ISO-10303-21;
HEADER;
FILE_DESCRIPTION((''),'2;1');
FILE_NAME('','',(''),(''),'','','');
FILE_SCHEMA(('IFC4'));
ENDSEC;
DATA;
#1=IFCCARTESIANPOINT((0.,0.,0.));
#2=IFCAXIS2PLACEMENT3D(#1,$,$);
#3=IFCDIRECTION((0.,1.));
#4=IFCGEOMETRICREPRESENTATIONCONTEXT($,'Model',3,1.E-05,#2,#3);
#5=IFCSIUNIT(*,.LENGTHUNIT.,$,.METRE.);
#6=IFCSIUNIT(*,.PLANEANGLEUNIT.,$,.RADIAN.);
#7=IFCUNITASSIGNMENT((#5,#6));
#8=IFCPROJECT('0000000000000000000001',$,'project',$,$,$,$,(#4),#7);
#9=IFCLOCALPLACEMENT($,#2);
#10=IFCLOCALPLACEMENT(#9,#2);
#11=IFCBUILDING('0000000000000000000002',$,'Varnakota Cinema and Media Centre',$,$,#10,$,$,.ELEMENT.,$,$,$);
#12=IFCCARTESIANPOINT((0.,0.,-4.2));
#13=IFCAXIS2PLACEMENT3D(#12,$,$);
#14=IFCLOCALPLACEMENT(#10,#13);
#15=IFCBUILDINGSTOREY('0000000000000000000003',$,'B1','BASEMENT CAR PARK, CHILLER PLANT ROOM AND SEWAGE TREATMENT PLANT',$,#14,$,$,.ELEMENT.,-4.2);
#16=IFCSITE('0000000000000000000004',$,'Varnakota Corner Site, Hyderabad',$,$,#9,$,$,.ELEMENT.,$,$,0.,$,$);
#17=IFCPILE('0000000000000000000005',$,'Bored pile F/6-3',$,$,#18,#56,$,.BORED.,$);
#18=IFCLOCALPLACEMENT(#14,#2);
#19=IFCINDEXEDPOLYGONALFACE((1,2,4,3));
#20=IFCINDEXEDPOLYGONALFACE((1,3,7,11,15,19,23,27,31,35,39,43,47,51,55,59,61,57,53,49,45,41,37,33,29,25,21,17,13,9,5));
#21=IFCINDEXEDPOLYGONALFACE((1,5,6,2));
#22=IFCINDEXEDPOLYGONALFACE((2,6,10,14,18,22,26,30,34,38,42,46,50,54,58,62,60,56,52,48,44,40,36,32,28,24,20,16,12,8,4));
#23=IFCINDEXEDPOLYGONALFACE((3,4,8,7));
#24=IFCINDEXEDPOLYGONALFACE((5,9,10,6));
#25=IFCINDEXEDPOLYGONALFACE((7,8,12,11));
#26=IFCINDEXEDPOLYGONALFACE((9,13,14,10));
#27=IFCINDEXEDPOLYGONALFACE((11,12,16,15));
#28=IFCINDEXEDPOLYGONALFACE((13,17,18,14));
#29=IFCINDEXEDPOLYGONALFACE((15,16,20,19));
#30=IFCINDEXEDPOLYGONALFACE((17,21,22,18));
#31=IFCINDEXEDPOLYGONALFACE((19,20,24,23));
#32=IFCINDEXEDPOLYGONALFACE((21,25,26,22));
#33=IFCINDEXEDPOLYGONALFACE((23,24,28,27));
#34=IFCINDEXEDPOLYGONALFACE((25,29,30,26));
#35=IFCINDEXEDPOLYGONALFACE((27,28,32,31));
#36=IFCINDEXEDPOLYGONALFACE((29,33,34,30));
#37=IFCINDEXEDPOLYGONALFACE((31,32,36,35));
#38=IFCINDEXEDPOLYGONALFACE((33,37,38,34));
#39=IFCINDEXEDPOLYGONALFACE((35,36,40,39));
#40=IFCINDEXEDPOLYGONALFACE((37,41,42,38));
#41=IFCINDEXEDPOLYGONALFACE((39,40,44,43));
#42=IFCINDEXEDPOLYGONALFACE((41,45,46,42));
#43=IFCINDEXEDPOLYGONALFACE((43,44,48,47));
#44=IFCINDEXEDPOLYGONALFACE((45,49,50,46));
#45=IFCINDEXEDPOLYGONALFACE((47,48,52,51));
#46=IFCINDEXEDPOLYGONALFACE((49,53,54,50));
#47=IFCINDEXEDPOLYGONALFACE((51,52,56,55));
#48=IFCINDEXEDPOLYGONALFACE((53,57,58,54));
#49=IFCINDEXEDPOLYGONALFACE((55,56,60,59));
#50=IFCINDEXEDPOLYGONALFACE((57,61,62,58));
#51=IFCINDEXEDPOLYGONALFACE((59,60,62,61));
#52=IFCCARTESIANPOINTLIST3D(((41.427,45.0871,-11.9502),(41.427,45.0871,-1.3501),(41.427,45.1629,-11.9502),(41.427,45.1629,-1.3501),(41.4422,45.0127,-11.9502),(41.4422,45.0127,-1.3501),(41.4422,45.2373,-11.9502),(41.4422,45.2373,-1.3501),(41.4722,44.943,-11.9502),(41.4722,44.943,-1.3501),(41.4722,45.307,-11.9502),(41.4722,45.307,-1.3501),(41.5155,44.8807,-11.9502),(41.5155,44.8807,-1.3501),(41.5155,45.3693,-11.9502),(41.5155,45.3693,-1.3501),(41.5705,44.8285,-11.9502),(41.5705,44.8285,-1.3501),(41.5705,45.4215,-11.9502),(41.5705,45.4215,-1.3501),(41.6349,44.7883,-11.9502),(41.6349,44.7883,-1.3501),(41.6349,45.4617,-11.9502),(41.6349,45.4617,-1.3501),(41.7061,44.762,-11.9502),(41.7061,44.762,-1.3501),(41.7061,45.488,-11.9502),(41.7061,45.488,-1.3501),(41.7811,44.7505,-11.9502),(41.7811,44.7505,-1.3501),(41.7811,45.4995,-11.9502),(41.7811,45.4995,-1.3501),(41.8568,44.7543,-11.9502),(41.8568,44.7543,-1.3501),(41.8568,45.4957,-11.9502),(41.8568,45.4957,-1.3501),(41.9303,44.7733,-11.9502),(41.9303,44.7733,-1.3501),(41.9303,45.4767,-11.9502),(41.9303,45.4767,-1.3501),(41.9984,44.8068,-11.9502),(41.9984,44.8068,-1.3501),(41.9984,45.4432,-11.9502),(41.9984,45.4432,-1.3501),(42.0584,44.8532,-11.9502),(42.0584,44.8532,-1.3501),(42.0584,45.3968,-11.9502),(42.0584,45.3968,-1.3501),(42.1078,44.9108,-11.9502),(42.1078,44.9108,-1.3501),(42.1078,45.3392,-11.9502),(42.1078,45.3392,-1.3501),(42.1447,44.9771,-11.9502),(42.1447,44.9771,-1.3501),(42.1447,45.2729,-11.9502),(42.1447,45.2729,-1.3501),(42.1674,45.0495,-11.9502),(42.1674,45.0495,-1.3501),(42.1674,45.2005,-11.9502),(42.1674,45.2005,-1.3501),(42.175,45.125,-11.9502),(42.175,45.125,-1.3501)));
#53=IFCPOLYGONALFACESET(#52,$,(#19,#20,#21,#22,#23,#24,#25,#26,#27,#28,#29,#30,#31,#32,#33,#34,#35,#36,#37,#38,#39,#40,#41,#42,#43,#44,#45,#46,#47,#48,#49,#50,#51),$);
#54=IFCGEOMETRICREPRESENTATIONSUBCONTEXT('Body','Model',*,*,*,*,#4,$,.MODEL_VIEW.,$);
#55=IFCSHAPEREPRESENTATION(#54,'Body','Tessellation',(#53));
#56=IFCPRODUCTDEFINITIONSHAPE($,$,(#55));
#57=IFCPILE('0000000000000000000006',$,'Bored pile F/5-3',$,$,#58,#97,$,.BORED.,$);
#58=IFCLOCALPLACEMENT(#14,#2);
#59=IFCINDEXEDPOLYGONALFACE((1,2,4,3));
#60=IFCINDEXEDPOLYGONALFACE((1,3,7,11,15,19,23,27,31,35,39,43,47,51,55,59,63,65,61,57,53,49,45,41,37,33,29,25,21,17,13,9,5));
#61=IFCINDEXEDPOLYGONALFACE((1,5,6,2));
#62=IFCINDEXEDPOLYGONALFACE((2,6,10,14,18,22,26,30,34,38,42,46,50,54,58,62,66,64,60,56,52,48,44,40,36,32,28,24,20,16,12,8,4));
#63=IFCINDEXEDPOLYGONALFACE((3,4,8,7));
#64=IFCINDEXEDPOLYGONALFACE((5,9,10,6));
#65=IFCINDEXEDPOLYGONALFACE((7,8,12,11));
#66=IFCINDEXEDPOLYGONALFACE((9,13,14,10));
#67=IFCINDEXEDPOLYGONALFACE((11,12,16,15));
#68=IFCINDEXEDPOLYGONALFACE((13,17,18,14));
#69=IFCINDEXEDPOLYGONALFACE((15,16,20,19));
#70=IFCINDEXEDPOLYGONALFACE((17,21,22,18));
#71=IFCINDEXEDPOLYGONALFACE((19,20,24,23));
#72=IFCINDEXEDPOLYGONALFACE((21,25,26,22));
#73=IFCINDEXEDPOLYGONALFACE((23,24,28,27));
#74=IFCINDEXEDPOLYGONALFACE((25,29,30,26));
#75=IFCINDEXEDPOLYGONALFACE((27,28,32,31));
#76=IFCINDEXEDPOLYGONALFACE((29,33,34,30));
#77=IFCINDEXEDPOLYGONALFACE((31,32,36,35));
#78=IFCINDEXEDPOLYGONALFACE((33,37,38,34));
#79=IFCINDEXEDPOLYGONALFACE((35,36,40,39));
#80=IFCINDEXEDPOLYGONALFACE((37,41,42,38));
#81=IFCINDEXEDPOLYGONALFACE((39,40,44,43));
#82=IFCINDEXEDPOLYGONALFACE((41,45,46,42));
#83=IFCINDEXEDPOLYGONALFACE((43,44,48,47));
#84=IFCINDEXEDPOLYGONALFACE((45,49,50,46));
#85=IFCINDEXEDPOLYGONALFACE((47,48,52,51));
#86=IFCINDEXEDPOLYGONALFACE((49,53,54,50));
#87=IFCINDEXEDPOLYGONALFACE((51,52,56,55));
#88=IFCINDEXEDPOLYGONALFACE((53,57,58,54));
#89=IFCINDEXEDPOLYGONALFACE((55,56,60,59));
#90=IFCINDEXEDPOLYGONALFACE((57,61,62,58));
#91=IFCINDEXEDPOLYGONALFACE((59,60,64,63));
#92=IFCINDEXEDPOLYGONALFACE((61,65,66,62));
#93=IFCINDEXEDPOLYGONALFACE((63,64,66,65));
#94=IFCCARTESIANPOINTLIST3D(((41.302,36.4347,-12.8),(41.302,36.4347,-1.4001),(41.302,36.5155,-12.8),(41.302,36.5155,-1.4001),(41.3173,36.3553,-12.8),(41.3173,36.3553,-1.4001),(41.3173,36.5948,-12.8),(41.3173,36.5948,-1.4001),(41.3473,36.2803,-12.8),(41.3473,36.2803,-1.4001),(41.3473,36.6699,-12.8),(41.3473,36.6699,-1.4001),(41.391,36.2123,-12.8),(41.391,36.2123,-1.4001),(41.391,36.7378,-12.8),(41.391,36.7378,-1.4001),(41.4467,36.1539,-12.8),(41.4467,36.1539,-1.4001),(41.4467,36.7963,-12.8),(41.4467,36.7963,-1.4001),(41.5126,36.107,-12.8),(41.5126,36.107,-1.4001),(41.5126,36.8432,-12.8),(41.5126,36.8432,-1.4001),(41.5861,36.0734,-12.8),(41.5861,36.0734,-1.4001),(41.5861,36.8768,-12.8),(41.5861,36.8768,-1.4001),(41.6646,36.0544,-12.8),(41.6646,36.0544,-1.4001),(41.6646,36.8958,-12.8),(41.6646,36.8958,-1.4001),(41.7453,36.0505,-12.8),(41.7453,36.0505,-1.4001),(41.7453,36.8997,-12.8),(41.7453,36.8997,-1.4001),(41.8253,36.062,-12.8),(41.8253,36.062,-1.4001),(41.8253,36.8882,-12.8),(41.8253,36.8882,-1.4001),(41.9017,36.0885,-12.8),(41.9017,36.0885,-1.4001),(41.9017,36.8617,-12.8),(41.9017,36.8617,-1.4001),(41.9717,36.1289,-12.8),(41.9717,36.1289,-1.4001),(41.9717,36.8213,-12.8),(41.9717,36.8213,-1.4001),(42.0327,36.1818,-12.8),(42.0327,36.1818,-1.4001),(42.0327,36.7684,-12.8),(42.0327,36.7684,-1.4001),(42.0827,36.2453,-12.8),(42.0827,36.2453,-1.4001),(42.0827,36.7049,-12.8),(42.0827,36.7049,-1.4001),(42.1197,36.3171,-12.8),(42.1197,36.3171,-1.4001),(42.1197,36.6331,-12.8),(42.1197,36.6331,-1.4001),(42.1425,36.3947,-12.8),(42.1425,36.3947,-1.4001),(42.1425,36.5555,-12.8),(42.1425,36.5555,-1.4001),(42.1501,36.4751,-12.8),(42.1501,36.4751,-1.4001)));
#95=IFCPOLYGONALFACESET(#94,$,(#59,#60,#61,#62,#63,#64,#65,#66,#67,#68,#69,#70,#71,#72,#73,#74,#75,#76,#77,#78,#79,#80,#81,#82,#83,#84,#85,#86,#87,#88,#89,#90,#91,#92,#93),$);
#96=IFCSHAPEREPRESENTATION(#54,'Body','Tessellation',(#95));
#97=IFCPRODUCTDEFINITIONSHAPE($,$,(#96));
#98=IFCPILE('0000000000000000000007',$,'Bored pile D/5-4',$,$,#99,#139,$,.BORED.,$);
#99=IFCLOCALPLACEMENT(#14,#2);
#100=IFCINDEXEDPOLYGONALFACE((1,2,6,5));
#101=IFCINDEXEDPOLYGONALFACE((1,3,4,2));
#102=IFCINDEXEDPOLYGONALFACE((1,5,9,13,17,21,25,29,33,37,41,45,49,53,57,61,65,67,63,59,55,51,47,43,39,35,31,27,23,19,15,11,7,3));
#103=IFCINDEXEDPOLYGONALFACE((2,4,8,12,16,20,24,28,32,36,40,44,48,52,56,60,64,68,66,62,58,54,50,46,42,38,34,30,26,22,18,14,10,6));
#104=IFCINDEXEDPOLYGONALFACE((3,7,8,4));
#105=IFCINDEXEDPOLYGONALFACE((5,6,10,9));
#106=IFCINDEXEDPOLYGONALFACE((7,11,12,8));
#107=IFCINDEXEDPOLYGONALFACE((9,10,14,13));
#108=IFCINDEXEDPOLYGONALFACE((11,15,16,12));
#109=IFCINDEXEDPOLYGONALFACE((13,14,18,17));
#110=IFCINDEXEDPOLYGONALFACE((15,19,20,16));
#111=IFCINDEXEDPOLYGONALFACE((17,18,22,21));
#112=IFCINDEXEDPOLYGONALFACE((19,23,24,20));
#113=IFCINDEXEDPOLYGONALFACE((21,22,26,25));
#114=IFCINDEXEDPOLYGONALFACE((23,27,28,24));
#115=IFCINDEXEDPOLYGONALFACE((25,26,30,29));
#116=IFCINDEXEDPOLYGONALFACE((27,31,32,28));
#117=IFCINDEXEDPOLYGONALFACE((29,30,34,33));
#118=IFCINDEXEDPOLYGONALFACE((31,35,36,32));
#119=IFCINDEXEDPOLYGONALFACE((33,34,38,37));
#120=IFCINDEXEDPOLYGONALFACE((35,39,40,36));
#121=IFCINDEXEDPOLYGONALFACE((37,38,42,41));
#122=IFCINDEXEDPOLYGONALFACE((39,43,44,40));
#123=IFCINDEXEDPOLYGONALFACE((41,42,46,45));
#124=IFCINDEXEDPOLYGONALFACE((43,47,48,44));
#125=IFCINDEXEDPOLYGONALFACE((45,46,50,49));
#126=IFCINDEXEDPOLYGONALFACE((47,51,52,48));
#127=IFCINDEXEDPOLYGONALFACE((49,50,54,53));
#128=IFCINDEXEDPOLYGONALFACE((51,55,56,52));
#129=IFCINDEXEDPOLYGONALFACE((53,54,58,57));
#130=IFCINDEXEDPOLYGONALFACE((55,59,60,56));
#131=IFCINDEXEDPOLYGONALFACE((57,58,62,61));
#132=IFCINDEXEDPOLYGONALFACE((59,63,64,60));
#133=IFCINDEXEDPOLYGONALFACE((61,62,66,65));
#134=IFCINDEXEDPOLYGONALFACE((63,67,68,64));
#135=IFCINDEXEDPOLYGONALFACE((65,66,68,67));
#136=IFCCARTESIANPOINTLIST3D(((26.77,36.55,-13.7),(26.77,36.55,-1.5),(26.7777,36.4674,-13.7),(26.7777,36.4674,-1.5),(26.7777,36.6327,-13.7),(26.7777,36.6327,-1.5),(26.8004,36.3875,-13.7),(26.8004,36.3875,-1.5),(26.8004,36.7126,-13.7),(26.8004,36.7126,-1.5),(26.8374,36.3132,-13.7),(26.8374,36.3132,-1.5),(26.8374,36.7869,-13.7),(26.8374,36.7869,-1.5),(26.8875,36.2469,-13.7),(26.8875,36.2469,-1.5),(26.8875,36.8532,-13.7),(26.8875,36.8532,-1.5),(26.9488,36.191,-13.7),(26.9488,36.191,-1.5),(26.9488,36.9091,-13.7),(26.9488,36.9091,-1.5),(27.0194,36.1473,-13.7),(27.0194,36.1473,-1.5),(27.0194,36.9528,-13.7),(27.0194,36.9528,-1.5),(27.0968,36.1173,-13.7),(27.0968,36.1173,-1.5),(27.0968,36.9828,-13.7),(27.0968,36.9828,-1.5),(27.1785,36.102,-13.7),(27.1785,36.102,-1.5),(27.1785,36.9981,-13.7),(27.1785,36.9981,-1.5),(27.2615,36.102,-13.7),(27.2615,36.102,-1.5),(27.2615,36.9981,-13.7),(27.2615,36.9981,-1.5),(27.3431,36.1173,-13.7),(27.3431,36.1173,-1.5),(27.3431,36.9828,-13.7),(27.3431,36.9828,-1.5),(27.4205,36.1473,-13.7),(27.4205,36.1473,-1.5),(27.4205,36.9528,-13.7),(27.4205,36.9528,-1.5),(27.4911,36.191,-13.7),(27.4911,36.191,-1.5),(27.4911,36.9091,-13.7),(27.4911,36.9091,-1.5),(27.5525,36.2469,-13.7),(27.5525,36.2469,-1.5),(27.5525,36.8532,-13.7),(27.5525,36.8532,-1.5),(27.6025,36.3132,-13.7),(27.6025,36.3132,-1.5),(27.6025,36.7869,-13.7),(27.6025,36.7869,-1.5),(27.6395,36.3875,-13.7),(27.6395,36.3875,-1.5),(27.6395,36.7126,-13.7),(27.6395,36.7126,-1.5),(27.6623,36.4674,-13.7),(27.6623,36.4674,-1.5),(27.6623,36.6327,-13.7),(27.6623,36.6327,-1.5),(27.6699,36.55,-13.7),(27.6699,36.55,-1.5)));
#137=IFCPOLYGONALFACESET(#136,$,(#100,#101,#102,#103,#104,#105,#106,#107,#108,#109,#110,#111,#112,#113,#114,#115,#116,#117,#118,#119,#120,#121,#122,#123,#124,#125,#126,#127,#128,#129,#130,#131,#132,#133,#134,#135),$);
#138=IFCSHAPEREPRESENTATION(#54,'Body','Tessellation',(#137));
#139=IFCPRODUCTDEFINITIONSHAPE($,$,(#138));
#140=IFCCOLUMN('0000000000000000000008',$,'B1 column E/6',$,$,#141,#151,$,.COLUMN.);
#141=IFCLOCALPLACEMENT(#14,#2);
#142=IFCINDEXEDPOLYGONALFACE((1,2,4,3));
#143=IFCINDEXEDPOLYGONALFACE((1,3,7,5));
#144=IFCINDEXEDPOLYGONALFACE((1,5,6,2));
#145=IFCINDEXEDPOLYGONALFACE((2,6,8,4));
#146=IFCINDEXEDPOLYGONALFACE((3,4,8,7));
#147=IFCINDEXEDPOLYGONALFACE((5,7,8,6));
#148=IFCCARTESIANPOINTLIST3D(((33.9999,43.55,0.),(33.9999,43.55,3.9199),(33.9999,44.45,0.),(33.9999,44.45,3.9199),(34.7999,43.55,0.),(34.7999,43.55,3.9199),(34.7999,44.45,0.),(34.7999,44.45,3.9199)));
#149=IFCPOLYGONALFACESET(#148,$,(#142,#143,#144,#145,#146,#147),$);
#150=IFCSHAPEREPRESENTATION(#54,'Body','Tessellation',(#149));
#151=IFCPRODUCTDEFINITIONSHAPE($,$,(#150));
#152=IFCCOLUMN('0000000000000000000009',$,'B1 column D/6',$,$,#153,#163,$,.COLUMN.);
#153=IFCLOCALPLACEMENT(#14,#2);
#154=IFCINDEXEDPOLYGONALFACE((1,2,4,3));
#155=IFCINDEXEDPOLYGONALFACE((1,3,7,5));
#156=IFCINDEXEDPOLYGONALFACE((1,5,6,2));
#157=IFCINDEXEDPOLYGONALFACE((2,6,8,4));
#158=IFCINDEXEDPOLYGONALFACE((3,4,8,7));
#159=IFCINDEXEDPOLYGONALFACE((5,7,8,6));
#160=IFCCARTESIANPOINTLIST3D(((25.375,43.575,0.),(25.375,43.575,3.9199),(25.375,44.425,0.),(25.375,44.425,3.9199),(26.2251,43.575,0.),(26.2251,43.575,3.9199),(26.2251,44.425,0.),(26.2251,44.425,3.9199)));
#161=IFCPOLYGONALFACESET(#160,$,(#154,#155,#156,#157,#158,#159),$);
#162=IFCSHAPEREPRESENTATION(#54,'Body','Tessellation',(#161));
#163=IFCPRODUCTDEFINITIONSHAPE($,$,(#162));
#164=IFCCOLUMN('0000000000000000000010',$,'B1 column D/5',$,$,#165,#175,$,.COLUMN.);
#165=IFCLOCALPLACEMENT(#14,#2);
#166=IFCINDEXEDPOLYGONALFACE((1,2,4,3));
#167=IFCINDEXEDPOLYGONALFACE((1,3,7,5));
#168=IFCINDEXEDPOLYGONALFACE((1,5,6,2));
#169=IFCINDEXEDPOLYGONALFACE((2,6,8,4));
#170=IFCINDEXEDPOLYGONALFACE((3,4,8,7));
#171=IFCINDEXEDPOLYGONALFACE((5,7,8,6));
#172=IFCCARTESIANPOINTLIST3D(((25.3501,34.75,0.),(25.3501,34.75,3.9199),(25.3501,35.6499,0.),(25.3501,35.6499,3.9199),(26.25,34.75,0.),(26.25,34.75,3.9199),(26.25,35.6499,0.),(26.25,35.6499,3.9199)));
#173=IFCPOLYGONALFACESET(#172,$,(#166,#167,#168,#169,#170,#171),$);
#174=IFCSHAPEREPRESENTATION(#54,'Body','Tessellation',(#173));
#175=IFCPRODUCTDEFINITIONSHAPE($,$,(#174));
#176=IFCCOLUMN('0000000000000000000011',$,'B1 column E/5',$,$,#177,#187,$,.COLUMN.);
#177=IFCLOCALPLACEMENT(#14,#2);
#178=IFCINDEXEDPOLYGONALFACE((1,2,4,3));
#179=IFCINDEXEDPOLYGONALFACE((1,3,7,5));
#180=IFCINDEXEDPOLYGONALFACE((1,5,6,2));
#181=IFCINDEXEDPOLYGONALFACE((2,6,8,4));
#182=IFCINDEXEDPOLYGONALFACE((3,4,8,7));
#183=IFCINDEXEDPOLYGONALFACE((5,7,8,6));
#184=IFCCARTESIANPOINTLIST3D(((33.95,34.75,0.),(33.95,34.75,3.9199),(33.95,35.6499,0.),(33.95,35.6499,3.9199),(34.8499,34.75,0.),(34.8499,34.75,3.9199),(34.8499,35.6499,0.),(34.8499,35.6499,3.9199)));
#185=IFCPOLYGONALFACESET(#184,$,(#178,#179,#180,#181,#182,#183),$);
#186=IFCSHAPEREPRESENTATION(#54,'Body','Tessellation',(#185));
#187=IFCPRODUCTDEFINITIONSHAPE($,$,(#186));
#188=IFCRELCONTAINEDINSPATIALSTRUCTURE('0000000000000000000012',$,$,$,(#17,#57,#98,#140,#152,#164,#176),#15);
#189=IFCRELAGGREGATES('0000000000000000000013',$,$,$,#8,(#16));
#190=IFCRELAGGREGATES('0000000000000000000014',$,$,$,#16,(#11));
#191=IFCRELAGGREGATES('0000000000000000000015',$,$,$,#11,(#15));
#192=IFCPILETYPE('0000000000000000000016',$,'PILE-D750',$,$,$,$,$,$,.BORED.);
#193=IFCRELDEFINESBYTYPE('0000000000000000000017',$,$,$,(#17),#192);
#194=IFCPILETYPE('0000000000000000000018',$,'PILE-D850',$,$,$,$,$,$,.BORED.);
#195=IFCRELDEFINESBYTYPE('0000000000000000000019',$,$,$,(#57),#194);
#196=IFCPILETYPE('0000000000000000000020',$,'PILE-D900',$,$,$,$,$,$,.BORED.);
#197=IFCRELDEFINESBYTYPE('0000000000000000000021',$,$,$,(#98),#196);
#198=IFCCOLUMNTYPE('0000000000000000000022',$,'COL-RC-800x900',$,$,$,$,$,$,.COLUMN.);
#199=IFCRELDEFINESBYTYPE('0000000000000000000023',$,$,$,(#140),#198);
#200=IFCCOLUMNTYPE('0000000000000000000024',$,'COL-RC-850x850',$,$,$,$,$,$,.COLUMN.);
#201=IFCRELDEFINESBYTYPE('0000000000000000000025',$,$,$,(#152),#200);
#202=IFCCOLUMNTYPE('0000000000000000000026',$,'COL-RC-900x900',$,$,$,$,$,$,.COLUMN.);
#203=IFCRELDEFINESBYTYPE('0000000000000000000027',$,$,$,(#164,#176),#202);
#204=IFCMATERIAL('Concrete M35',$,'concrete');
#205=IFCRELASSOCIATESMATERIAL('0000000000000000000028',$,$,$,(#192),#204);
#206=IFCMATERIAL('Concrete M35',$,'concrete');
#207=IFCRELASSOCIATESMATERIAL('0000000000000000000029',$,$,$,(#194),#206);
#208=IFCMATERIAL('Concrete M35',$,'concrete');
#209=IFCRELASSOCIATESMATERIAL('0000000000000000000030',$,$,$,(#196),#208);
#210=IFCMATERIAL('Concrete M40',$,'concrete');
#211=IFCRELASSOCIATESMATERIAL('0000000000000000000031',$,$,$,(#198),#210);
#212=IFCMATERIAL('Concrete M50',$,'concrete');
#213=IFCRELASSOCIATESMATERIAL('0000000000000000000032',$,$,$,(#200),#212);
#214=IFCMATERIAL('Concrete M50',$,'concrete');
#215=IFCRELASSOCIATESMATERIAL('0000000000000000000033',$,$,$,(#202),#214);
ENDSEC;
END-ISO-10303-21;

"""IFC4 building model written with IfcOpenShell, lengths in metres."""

from ifc_helpers import new_model, si_unit, direction, frame, origin, origin_2d, place, context, subcontext, project, spatial, rectangle, circle, extrude, material, material_profile, profile_set, type_object, element, save


model = new_model("IFC4")

# Units and contexts
model_context = context("Model", 3, precision=1e-05, world=origin(), true_north=direction((0.0, 1.0)))
body_context = subcontext(model_context, "Body", "Model", "MODEL_VIEW")
ifc_project = project(units=[si_unit("LENGTHUNIT", "METRE"), si_unit("PLANEANGLEUNIT", "RADIAN")], contexts=[model_context])

# Site, building, storey
site_placement = place(None, origin())
site = spatial("IfcSite", under=ifc_project, at=site_placement, Name="Varnakota Corner Site, Hyderabad", CompositionType="ELEMENT", RefElevation=0.0)
building_placement = place(site_placement, origin())
building = spatial("IfcBuilding", under=site, at=building_placement, Name="Varnakota Cinema and Media Centre", CompositionType="ELEMENT")
storey_placement = place(building_placement, frame((0.0, 0.0, -4.2)))
storey = spatial("IfcBuildingStorey", under=building, at=storey_placement, Name="B1", Description="BASEMENT CAR PARK, CHILLER PLANT ROOM AND SEWAGE TREATMENT PLANT", CompositionType="ELEMENT", Elevation=-4.2)

# Piles
ifc_material_1 = material(Name="Concrete M35", Category="concrete")
ifc_material_profile_1 = material_profile(ifc_material_1, circle(Radius=0.375, at=origin_2d()), Name="PILE D750")
ifc_profile_set_1 = profile_set([ifc_material_profile_1], Name="Concrete M35")
pile_type_1 = type_object("IfcPileType", Name="PILE-D750", PredefinedType="BORED", material=ifc_profile_set_1)
for number, where, z_axis, x_axis, name in (
    (1, (41.8, 45.125, -1.3501), (0.0, 0.0, -1.0), (1.0, 0.0, 0.0), "Bored pile F/6-3"),
):
    element("IfcPile", number, at=place(storey_placement, frame(where, z_axis=z_axis, x_axis=x_axis)), inside=storey, type_object=pile_type_1, Name=name, PredefinedType="BORED", context=body_context, shape_type="SweptSolid", body=[
        extrude(circle(Radius=0.375, at=origin_2d()), origin(), (0.0, 0.0, 1.0), 10.6001),
    ])
ifc_material_2 = material(Name="Concrete M35", Category="concrete")
ifc_material_profile_2 = material_profile(ifc_material_2, circle(Radius=0.425, at=origin_2d()), Name="PILE D850")
ifc_profile_set_2 = profile_set([ifc_material_profile_2], Name="Concrete M35")
pile_type_2 = type_object("IfcPileType", Name="PILE-D850", PredefinedType="BORED", material=ifc_profile_set_2)
pile_1_placement = place(storey_placement, frame((41.7251, 36.4751, -1.4001), z_axis=(0.0, 0.0, -1.0), x_axis=(1.0, 0.0, 0.0)))
element("IfcPile", 2, at=pile_1_placement, inside=storey, type_object=pile_type_2, Name="Bored pile F/5-3", PredefinedType="BORED", context=body_context, shape_type="SweptSolid", body=[
    extrude(circle(Radius=0.425, at=origin_2d()), origin(), (0.0, 0.0, 1.0), 11.3999),
])
ifc_material_3 = material(Name="Concrete M35", Category="concrete")
ifc_material_profile_3 = material_profile(ifc_material_3, circle(Radius=0.45, at=origin_2d()), Name="PILE D900")
ifc_profile_set_3 = profile_set([ifc_material_profile_3], Name="Concrete M35")
pile_type_3 = type_object("IfcPileType", Name="PILE-D900", PredefinedType="BORED", material=ifc_profile_set_3)
pile_2_placement = place(storey_placement, frame((27.22, 36.55, -1.5), z_axis=(0.0, 0.0, -1.0), x_axis=(1.0, 0.0, 0.0)))
element("IfcPile", 3, at=pile_2_placement, inside=storey, type_object=pile_type_3, Name="Bored pile D/5-4", PredefinedType="BORED", context=body_context, shape_type="SweptSolid", body=[
    extrude(circle(Radius=0.45, at=origin_2d()), origin(), (0.0, 0.0, 1.0), 12.2),
])

# Columns
ifc_material_4 = material(Name="Concrete M40", Category="concrete")
ifc_material_profile_4 = material_profile(ifc_material_4, rectangle(XDim=0.8, YDim=0.8999, at=origin_2d()), Name="RC 800x900")
ifc_profile_set_4 = profile_set([ifc_material_profile_4], Name="Concrete M40")
column_type_1 = type_object("IfcColumnType", Name="COL-RC-800x900", PredefinedType="COLUMN", material=ifc_profile_set_4)
column_1_placement = place(storey_placement, frame((34.3999, 44.0, 0.0), z_axis=(0.0, 0.0, 1.0), x_axis=(1.0, 0.0, 0.0)))
element("IfcColumn", 4, at=column_1_placement, inside=storey, type_object=column_type_1, Name="B1 column E/6", PredefinedType="COLUMN", context=body_context, shape_type="SweptSolid", body=[
    extrude(rectangle(XDim=0.8, YDim=0.8999, at=origin_2d()), origin(), (0.0, 0.0, 1.0), 3.9199),
])
ifc_material_5 = material(Name="Concrete M50", Category="concrete")
ifc_material_profile_5 = material_profile(ifc_material_5, rectangle(XDim=0.8501, YDim=0.8501, at=origin_2d()), Name="RC 850x850")
ifc_profile_set_5 = profile_set([ifc_material_profile_5], Name="Concrete M50")
column_type_2 = type_object("IfcColumnType", Name="COL-RC-850x850", PredefinedType="COLUMN", material=ifc_profile_set_5)
column_2_placement = place(storey_placement, frame((25.8, 44.0, 0.0), z_axis=(0.0, 0.0, 1.0), x_axis=(1.0, 0.0, 0.0)))
element("IfcColumn", 5, at=column_2_placement, inside=storey, type_object=column_type_2, Name="B1 column D/6", PredefinedType="COLUMN", context=body_context, shape_type="SweptSolid", body=[
    extrude(rectangle(XDim=0.8501, YDim=0.8501, at=origin_2d()), origin(), (0.0, 0.0, 1.0), 3.9199),
])
ifc_material_6 = material(Name="Concrete M50", Category="concrete")
ifc_material_profile_6 = material_profile(ifc_material_6, rectangle(XDim=0.8999, YDim=0.8999, at=origin_2d()), Name="RC 900x900")
ifc_profile_set_6 = profile_set([ifc_material_profile_6], Name="Concrete M50")
column_type_3 = type_object("IfcColumnType", Name="COL-RC-900x900", PredefinedType="COLUMN", material=ifc_profile_set_6)
for number, where, z_axis, x_axis, name in (
    (6, (25.8, 35.2, 0.0), (0.0, 0.0, 1.0), (1.0, 0.0, 0.0), "B1 column D/5"),
    (7, (34.3999, 35.2, 0.0), (0.0, 0.0, 1.0), (1.0, 0.0, 0.0), "B1 column E/5"),
):
    element("IfcColumn", number, at=place(storey_placement, frame(where, z_axis=z_axis, x_axis=x_axis)), inside=storey, type_object=column_type_3, Name=name, PredefinedType="COLUMN", context=body_context, shape_type="SweptSolid", body=[
        extrude(rectangle(XDim=0.8999, YDim=0.8999, at=origin_2d()), origin(), (0.0, 0.0, 1.0), 3.9199),
    ])

save(model, "model.ifc")
